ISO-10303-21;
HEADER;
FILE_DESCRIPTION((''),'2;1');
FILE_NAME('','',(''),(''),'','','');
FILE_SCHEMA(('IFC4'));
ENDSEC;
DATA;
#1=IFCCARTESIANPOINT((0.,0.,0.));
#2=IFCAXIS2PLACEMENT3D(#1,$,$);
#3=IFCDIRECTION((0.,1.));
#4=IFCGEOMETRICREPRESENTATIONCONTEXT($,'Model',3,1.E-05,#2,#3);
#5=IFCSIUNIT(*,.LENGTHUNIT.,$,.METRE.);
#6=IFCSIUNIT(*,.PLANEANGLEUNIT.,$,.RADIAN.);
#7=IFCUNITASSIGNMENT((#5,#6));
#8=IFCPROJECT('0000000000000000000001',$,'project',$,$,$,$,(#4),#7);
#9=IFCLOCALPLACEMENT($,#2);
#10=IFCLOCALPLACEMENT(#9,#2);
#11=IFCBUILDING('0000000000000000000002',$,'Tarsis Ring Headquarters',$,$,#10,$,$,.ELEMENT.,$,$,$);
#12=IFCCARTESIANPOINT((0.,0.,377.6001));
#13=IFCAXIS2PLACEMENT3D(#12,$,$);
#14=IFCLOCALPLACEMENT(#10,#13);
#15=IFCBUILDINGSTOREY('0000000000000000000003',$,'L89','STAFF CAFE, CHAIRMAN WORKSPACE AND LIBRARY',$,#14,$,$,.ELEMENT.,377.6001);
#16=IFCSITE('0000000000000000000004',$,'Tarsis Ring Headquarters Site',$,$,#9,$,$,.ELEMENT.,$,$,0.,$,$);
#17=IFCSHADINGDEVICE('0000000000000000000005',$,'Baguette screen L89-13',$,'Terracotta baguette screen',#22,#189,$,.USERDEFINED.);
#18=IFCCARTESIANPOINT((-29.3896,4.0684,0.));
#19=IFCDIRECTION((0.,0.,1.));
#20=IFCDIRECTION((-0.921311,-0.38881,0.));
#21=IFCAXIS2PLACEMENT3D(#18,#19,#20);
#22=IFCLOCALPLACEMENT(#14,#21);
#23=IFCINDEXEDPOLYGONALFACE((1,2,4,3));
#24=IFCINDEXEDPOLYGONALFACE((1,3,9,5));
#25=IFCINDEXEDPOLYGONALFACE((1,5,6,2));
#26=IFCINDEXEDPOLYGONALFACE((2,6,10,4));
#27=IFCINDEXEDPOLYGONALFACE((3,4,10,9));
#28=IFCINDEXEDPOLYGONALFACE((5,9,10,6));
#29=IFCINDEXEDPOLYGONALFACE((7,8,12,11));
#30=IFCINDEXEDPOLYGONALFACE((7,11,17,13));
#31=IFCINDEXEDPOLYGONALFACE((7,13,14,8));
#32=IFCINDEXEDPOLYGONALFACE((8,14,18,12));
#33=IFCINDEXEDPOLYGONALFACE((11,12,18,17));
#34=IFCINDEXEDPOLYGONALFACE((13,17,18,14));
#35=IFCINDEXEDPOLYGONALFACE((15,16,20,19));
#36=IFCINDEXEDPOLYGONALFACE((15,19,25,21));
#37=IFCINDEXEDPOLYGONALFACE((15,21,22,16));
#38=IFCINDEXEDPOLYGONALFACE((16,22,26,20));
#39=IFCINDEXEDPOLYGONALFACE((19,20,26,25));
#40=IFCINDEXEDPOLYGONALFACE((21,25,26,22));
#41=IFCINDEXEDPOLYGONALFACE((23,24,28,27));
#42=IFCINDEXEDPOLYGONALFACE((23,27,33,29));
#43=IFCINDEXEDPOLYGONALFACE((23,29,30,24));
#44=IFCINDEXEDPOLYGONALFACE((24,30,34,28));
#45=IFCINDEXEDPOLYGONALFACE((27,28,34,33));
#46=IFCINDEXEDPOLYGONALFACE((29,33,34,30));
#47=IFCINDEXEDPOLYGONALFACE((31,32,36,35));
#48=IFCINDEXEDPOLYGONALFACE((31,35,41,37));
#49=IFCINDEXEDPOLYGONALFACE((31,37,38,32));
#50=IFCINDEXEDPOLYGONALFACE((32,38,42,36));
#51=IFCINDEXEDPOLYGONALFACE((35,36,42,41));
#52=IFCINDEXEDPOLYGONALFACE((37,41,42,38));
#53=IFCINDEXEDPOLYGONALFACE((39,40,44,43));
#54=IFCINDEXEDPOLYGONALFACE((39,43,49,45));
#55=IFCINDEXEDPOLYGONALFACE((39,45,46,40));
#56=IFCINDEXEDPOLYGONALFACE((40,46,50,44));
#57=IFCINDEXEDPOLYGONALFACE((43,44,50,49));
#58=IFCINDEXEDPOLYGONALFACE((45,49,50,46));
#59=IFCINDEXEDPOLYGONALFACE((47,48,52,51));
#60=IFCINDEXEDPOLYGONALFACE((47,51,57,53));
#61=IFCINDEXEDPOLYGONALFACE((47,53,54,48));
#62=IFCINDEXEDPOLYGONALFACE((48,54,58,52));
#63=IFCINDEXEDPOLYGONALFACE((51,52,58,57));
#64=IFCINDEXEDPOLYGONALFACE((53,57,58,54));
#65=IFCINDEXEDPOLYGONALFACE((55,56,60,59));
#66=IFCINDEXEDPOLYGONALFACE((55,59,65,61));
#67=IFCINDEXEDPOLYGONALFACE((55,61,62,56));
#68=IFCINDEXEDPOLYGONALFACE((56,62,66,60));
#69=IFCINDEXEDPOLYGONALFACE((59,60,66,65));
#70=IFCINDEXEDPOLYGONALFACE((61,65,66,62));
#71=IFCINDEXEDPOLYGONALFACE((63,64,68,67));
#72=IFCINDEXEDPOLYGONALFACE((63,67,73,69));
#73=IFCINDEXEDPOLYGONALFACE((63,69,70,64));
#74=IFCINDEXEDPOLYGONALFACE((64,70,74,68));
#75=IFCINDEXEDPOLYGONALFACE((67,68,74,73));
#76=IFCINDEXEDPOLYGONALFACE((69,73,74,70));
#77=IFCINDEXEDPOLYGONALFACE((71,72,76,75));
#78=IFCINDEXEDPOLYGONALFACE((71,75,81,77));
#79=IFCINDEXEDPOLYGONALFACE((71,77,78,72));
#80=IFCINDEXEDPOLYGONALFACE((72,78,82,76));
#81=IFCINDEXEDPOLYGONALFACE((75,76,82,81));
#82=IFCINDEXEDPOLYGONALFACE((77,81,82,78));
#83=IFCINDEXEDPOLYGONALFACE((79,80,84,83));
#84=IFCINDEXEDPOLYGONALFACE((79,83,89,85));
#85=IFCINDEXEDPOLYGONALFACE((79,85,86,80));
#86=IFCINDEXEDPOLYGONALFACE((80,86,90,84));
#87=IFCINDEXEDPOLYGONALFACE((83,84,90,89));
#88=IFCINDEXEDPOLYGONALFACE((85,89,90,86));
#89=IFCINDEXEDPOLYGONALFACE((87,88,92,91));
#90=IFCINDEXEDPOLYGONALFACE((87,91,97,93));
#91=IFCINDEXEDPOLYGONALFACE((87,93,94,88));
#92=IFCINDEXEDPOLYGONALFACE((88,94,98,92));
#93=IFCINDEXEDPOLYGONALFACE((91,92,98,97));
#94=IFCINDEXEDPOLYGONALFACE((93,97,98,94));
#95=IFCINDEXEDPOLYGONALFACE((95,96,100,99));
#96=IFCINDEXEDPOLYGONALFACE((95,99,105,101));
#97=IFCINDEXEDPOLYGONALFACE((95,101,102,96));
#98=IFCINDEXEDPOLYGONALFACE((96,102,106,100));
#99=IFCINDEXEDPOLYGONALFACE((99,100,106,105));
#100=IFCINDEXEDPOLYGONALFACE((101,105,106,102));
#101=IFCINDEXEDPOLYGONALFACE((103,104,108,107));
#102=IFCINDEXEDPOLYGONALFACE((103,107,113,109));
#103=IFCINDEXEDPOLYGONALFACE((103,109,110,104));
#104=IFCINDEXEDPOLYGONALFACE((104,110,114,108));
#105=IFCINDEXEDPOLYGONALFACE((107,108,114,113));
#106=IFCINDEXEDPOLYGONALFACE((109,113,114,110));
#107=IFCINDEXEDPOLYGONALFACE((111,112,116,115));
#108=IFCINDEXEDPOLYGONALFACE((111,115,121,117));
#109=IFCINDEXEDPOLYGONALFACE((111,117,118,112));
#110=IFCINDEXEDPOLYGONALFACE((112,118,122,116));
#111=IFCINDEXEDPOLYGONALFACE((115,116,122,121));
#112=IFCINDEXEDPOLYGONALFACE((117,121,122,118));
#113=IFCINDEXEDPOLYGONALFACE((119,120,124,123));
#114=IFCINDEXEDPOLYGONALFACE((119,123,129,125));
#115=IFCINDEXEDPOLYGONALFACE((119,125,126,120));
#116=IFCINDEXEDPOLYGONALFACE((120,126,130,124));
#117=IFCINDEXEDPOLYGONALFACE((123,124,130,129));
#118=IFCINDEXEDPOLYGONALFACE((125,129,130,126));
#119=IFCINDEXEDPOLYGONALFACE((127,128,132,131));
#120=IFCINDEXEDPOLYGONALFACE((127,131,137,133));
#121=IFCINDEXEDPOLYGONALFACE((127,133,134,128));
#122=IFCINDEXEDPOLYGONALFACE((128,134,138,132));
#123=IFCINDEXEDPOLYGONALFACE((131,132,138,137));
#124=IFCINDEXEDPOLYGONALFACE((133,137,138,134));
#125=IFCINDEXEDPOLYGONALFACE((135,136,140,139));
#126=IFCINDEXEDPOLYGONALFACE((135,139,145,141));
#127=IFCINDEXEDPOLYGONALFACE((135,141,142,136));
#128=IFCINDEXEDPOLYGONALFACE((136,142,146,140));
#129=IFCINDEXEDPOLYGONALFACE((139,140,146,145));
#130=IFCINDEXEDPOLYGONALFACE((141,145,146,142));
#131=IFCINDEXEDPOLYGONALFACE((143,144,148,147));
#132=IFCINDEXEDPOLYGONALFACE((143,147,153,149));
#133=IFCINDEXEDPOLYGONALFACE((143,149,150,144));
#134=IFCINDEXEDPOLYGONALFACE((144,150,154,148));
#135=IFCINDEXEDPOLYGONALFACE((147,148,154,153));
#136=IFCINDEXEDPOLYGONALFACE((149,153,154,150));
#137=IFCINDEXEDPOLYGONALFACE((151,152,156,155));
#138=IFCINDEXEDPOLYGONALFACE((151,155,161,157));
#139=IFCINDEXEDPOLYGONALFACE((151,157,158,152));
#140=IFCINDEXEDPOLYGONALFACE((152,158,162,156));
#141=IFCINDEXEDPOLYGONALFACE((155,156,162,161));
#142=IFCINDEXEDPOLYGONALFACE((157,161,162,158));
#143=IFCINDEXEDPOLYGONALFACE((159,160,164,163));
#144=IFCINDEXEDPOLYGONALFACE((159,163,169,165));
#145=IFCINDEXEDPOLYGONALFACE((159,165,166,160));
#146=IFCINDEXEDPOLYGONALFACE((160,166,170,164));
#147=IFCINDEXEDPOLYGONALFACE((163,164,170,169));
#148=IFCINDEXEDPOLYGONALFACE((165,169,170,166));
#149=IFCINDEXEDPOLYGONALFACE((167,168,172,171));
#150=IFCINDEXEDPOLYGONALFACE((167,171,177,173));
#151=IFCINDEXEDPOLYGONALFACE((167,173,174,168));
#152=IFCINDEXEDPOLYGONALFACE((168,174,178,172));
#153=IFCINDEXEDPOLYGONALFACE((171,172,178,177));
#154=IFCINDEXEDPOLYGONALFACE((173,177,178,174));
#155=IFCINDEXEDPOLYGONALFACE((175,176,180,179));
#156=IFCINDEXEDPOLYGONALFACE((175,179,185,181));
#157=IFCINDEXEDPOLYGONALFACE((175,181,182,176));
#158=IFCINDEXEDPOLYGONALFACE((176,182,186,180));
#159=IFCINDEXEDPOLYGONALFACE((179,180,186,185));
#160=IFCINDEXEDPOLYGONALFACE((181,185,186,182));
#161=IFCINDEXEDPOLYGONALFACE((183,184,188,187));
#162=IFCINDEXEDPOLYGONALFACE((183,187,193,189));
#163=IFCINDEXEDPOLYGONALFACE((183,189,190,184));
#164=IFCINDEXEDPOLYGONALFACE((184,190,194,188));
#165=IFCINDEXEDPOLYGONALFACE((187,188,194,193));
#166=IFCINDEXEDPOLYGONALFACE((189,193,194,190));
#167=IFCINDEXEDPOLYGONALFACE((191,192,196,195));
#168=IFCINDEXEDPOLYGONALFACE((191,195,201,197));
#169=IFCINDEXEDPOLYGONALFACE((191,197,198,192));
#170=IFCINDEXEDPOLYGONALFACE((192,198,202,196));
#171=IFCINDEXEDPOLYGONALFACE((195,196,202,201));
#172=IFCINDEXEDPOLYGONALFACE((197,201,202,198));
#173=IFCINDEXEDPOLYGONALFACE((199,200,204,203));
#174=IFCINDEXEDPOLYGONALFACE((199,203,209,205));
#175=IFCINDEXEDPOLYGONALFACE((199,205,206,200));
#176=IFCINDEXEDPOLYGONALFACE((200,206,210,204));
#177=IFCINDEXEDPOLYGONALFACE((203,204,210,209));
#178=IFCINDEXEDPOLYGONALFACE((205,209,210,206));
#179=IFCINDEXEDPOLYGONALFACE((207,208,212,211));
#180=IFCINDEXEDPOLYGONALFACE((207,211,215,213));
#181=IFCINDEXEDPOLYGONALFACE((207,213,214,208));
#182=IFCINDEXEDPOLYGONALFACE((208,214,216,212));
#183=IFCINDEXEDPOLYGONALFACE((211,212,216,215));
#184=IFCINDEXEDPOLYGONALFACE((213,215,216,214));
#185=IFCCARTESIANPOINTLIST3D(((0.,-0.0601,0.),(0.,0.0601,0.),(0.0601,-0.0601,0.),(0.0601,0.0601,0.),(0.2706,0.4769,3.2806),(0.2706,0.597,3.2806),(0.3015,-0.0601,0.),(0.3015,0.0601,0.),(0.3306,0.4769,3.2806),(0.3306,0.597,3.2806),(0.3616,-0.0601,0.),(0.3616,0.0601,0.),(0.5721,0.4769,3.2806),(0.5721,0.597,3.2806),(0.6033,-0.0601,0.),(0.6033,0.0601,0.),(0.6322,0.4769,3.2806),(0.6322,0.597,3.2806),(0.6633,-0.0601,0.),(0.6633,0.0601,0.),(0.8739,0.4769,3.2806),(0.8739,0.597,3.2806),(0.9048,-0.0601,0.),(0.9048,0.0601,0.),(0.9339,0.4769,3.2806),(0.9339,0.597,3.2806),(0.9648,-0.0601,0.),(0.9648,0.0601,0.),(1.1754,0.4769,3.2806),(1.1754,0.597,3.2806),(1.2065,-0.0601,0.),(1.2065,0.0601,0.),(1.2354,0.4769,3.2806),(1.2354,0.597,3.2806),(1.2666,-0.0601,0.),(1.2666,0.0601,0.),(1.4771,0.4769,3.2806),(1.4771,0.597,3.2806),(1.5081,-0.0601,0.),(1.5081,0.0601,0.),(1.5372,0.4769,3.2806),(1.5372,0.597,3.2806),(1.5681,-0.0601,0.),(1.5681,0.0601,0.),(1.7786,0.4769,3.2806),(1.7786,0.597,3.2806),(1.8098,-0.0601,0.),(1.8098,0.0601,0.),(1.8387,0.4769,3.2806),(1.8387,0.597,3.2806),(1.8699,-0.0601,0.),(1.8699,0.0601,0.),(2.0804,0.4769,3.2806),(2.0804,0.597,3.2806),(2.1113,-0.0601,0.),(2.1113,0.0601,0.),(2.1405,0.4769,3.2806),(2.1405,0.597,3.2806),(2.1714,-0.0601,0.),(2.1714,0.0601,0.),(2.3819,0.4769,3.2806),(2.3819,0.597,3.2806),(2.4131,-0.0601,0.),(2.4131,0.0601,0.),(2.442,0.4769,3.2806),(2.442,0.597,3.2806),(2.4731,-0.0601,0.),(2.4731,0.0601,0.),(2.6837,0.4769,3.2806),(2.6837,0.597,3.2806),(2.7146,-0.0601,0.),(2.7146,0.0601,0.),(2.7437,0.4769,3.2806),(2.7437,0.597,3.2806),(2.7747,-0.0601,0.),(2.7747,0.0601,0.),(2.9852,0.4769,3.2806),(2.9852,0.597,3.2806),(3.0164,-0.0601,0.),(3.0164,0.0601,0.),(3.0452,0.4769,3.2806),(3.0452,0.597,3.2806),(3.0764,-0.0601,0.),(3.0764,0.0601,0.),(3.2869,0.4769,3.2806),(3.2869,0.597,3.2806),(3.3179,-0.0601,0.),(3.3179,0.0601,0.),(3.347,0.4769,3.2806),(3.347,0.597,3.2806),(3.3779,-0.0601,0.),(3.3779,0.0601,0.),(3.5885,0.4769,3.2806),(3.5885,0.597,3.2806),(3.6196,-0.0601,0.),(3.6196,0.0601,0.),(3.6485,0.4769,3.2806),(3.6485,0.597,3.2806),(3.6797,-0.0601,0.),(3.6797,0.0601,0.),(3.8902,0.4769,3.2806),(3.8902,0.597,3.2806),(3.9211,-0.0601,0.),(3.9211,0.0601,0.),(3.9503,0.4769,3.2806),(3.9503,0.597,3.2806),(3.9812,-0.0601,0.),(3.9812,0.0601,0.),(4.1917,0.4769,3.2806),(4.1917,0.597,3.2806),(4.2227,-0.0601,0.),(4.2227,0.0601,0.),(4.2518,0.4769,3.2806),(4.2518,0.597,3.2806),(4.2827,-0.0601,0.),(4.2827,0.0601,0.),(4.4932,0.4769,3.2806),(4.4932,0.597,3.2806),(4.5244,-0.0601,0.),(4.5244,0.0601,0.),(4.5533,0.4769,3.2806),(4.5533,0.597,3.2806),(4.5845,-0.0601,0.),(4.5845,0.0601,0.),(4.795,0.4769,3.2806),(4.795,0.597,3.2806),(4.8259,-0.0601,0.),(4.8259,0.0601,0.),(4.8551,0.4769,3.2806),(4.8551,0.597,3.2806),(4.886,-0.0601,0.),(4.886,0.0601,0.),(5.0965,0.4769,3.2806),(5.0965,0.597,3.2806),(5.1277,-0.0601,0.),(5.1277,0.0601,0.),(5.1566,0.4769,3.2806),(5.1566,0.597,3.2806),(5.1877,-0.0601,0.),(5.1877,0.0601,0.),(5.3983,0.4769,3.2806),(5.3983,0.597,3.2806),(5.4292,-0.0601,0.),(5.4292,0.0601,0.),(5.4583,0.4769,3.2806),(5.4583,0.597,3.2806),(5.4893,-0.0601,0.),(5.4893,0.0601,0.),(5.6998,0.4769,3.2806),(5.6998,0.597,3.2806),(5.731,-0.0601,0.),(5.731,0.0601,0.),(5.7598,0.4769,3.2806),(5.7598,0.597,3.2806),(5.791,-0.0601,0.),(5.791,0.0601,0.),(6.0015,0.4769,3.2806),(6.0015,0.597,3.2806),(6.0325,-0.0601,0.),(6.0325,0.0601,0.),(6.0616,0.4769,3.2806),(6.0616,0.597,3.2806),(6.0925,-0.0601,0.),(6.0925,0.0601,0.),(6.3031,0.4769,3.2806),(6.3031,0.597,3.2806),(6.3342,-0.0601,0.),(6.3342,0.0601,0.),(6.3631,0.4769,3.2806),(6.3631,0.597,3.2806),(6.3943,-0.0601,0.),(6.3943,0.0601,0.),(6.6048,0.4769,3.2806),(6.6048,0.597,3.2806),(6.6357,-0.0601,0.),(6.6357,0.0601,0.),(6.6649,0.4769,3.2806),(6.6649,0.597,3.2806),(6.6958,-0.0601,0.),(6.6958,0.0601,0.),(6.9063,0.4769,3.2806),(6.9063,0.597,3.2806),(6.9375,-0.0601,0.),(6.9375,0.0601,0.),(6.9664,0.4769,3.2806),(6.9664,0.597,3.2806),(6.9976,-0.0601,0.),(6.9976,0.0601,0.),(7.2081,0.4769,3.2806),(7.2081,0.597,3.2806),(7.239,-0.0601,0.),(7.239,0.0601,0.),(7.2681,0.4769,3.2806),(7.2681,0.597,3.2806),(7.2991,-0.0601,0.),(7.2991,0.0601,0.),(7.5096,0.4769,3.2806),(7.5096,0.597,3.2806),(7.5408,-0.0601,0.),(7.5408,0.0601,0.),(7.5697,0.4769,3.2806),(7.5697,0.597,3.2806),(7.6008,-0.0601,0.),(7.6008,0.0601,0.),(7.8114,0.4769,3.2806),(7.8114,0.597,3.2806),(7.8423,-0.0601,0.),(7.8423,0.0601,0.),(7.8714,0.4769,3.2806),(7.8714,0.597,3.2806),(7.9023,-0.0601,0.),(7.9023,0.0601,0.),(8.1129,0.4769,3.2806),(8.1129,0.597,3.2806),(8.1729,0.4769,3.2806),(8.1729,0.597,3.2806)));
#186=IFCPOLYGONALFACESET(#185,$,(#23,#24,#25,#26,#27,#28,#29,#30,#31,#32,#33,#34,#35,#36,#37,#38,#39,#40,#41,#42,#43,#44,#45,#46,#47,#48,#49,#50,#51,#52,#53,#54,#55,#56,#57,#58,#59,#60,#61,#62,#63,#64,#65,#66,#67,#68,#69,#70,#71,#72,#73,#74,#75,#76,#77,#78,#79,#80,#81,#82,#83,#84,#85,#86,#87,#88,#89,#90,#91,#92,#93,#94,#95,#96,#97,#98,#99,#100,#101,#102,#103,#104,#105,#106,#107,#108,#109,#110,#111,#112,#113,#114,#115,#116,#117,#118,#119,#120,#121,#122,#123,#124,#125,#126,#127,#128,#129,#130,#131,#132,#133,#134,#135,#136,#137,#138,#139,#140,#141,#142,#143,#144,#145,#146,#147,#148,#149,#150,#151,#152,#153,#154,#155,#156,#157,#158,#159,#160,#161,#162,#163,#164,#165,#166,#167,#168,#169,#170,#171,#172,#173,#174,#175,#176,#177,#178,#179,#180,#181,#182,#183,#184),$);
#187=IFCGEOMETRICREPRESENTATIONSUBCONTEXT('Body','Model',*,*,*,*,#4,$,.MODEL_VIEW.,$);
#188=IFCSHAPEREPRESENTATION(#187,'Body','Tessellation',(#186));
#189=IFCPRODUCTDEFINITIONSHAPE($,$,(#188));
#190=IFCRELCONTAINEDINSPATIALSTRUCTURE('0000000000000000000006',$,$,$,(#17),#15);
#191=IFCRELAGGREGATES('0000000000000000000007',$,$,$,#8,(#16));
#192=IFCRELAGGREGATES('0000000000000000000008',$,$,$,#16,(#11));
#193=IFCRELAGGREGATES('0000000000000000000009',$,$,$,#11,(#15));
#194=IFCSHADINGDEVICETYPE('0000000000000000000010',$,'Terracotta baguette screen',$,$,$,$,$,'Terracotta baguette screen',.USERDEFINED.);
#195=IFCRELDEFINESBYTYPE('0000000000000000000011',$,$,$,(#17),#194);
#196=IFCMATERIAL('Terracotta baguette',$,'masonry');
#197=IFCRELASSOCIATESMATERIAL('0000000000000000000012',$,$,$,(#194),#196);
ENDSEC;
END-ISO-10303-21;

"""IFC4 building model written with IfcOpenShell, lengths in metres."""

from ifc_helpers import new_model, si_unit, direction, frame, frame_2d, origin, place, context, subcontext, project, spatial, rectangle, composite_profile, extrude, material, type_object, element, save


model = new_model("IFC4")

# Units and contexts
model_context = context("Model", 3, precision=1e-05, world=origin(), true_north=direction((0.0, 1.0)))
body_context = subcontext(model_context, "Body", "Model", "MODEL_VIEW")
ifc_project = project(units=[si_unit("LENGTHUNIT", "METRE"), si_unit("PLANEANGLEUNIT", "RADIAN")], contexts=[model_context])

# Site, building, storey
site_placement = place(None, origin())
site = spatial("IfcSite", under=ifc_project, at=site_placement, Name="Tarsis Ring Headquarters Site", CompositionType="ELEMENT", RefElevation=0.0)
building_placement = place(site_placement, origin())
building = spatial("IfcBuilding", under=site, at=building_placement, Name="Tarsis Ring Headquarters", CompositionType="ELEMENT")
storey_placement = place(building_placement, frame((0.0, 0.0, 377.6001)))
storey = spatial("IfcBuildingStorey", under=building, at=storey_placement, Name="L89", Description="STAFF CAFE, CHAIRMAN WORKSPACE AND LIBRARY", CompositionType="ELEMENT", Elevation=377.6001)

# Shading device
ifc_material_1 = material(Name="Terracotta baguette", Category="masonry")
shading_device_type = type_object("IfcShadingDeviceType", Name="Terracotta baguette screen", ElementType="Terracotta baguette screen", PredefinedType="USERDEFINED", material=ifc_material_1)
shading_device_placement = place(storey_placement, frame((-29.3896, 4.0684, 0.0), z_axis=(0.0, 0.0, 1.0), x_axis=(-0.921311, -0.38881, 0.0)))
element("IfcShadingDevice", 1, at=shading_device_placement, inside=storey, type_object=shading_device_type, Name="Baguette screen L89-13", ObjectType="Terracotta baguette screen", PredefinedType="USERDEFINED", context=body_context, shape_type="SweptSolid", body=[
    extrude(composite_profile([rectangle(XDim=0.0601, YDim=0.1201, at=frame_2d((0.03, 0.0))), rectangle(XDim=0.0601, YDim=0.1201, at=frame_2d((0.3315, 0.0))), rectangle(XDim=0.0601, YDim=0.1201, at=frame_2d((0.6333, 0.0))), rectangle(XDim=0.0601, YDim=0.1201, at=frame_2d((0.9348, 0.0))), rectangle(XDim=0.0601, YDim=0.1201, at=frame_2d((1.2366, 0.0))), rectangle(XDim=0.0601, YDim=0.1201, at=frame_2d((1.5381, 0.0))), rectangle(XDim=0.0601, YDim=0.1201, at=frame_2d((1.8398, 0.0))), rectangle(XDim=0.0601, YDim=0.1201, at=frame_2d((2.1414, 0.0))), rectangle(XDim=0.0601, YDim=0.1201, at=frame_2d((2.4431, 0.0))), rectangle(XDim=0.0601, YDim=0.1201, at=frame_2d((2.7446, 0.0))), rectangle(XDim=0.0601, YDim=0.1201, at=frame_2d((3.0464, 0.0))), rectangle(XDim=0.0601, YDim=0.1201, at=frame_2d((3.3479, 0.0))), rectangle(XDim=0.0601, YDim=0.1201, at=frame_2d((3.6497, 0.0))), rectangle(XDim=0.0601, YDim=0.1201, at=frame_2d((3.9512, 0.0))), rectangle(XDim=0.0601, YDim=0.1201, at=frame_2d((4.2527, 0.0))), rectangle(XDim=0.0601, YDim=0.1201, at=frame_2d((4.5544, 0.0))), rectangle(XDim=0.0601, YDim=0.1201, at=frame_2d((4.856, 0.0))), rectangle(XDim=0.0601, YDim=0.1201, at=frame_2d((5.1577, 0.0))), rectangle(XDim=0.0601, YDim=0.1201, at=frame_2d((5.4592, 0.0))), rectangle(XDim=0.0601, YDim=0.1201, at=frame_2d((5.761, 0.0))), rectangle(XDim=0.0601, YDim=0.1201, at=frame_2d((6.0625, 0.0))), rectangle(XDim=0.0601, YDim=0.1201, at=frame_2d((6.3643, 0.0))), rectangle(XDim=0.0601, YDim=0.1201, at=frame_2d((6.6658, 0.0))), rectangle(XDim=0.0601, YDim=0.1201, at=frame_2d((6.9675, 0.0))), rectangle(XDim=0.0601, YDim=0.1201, at=frame_2d((7.269, 0.0))), rectangle(XDim=0.0601, YDim=0.1201, at=frame_2d((7.5708, 0.0))), rectangle(XDim=0.0601, YDim=0.1201, at=frame_2d((7.8723, 0.0)))]), origin(), (0.081131, 0.161, 0.983614), 3.3352),
])

save(model, "model.ifc")
